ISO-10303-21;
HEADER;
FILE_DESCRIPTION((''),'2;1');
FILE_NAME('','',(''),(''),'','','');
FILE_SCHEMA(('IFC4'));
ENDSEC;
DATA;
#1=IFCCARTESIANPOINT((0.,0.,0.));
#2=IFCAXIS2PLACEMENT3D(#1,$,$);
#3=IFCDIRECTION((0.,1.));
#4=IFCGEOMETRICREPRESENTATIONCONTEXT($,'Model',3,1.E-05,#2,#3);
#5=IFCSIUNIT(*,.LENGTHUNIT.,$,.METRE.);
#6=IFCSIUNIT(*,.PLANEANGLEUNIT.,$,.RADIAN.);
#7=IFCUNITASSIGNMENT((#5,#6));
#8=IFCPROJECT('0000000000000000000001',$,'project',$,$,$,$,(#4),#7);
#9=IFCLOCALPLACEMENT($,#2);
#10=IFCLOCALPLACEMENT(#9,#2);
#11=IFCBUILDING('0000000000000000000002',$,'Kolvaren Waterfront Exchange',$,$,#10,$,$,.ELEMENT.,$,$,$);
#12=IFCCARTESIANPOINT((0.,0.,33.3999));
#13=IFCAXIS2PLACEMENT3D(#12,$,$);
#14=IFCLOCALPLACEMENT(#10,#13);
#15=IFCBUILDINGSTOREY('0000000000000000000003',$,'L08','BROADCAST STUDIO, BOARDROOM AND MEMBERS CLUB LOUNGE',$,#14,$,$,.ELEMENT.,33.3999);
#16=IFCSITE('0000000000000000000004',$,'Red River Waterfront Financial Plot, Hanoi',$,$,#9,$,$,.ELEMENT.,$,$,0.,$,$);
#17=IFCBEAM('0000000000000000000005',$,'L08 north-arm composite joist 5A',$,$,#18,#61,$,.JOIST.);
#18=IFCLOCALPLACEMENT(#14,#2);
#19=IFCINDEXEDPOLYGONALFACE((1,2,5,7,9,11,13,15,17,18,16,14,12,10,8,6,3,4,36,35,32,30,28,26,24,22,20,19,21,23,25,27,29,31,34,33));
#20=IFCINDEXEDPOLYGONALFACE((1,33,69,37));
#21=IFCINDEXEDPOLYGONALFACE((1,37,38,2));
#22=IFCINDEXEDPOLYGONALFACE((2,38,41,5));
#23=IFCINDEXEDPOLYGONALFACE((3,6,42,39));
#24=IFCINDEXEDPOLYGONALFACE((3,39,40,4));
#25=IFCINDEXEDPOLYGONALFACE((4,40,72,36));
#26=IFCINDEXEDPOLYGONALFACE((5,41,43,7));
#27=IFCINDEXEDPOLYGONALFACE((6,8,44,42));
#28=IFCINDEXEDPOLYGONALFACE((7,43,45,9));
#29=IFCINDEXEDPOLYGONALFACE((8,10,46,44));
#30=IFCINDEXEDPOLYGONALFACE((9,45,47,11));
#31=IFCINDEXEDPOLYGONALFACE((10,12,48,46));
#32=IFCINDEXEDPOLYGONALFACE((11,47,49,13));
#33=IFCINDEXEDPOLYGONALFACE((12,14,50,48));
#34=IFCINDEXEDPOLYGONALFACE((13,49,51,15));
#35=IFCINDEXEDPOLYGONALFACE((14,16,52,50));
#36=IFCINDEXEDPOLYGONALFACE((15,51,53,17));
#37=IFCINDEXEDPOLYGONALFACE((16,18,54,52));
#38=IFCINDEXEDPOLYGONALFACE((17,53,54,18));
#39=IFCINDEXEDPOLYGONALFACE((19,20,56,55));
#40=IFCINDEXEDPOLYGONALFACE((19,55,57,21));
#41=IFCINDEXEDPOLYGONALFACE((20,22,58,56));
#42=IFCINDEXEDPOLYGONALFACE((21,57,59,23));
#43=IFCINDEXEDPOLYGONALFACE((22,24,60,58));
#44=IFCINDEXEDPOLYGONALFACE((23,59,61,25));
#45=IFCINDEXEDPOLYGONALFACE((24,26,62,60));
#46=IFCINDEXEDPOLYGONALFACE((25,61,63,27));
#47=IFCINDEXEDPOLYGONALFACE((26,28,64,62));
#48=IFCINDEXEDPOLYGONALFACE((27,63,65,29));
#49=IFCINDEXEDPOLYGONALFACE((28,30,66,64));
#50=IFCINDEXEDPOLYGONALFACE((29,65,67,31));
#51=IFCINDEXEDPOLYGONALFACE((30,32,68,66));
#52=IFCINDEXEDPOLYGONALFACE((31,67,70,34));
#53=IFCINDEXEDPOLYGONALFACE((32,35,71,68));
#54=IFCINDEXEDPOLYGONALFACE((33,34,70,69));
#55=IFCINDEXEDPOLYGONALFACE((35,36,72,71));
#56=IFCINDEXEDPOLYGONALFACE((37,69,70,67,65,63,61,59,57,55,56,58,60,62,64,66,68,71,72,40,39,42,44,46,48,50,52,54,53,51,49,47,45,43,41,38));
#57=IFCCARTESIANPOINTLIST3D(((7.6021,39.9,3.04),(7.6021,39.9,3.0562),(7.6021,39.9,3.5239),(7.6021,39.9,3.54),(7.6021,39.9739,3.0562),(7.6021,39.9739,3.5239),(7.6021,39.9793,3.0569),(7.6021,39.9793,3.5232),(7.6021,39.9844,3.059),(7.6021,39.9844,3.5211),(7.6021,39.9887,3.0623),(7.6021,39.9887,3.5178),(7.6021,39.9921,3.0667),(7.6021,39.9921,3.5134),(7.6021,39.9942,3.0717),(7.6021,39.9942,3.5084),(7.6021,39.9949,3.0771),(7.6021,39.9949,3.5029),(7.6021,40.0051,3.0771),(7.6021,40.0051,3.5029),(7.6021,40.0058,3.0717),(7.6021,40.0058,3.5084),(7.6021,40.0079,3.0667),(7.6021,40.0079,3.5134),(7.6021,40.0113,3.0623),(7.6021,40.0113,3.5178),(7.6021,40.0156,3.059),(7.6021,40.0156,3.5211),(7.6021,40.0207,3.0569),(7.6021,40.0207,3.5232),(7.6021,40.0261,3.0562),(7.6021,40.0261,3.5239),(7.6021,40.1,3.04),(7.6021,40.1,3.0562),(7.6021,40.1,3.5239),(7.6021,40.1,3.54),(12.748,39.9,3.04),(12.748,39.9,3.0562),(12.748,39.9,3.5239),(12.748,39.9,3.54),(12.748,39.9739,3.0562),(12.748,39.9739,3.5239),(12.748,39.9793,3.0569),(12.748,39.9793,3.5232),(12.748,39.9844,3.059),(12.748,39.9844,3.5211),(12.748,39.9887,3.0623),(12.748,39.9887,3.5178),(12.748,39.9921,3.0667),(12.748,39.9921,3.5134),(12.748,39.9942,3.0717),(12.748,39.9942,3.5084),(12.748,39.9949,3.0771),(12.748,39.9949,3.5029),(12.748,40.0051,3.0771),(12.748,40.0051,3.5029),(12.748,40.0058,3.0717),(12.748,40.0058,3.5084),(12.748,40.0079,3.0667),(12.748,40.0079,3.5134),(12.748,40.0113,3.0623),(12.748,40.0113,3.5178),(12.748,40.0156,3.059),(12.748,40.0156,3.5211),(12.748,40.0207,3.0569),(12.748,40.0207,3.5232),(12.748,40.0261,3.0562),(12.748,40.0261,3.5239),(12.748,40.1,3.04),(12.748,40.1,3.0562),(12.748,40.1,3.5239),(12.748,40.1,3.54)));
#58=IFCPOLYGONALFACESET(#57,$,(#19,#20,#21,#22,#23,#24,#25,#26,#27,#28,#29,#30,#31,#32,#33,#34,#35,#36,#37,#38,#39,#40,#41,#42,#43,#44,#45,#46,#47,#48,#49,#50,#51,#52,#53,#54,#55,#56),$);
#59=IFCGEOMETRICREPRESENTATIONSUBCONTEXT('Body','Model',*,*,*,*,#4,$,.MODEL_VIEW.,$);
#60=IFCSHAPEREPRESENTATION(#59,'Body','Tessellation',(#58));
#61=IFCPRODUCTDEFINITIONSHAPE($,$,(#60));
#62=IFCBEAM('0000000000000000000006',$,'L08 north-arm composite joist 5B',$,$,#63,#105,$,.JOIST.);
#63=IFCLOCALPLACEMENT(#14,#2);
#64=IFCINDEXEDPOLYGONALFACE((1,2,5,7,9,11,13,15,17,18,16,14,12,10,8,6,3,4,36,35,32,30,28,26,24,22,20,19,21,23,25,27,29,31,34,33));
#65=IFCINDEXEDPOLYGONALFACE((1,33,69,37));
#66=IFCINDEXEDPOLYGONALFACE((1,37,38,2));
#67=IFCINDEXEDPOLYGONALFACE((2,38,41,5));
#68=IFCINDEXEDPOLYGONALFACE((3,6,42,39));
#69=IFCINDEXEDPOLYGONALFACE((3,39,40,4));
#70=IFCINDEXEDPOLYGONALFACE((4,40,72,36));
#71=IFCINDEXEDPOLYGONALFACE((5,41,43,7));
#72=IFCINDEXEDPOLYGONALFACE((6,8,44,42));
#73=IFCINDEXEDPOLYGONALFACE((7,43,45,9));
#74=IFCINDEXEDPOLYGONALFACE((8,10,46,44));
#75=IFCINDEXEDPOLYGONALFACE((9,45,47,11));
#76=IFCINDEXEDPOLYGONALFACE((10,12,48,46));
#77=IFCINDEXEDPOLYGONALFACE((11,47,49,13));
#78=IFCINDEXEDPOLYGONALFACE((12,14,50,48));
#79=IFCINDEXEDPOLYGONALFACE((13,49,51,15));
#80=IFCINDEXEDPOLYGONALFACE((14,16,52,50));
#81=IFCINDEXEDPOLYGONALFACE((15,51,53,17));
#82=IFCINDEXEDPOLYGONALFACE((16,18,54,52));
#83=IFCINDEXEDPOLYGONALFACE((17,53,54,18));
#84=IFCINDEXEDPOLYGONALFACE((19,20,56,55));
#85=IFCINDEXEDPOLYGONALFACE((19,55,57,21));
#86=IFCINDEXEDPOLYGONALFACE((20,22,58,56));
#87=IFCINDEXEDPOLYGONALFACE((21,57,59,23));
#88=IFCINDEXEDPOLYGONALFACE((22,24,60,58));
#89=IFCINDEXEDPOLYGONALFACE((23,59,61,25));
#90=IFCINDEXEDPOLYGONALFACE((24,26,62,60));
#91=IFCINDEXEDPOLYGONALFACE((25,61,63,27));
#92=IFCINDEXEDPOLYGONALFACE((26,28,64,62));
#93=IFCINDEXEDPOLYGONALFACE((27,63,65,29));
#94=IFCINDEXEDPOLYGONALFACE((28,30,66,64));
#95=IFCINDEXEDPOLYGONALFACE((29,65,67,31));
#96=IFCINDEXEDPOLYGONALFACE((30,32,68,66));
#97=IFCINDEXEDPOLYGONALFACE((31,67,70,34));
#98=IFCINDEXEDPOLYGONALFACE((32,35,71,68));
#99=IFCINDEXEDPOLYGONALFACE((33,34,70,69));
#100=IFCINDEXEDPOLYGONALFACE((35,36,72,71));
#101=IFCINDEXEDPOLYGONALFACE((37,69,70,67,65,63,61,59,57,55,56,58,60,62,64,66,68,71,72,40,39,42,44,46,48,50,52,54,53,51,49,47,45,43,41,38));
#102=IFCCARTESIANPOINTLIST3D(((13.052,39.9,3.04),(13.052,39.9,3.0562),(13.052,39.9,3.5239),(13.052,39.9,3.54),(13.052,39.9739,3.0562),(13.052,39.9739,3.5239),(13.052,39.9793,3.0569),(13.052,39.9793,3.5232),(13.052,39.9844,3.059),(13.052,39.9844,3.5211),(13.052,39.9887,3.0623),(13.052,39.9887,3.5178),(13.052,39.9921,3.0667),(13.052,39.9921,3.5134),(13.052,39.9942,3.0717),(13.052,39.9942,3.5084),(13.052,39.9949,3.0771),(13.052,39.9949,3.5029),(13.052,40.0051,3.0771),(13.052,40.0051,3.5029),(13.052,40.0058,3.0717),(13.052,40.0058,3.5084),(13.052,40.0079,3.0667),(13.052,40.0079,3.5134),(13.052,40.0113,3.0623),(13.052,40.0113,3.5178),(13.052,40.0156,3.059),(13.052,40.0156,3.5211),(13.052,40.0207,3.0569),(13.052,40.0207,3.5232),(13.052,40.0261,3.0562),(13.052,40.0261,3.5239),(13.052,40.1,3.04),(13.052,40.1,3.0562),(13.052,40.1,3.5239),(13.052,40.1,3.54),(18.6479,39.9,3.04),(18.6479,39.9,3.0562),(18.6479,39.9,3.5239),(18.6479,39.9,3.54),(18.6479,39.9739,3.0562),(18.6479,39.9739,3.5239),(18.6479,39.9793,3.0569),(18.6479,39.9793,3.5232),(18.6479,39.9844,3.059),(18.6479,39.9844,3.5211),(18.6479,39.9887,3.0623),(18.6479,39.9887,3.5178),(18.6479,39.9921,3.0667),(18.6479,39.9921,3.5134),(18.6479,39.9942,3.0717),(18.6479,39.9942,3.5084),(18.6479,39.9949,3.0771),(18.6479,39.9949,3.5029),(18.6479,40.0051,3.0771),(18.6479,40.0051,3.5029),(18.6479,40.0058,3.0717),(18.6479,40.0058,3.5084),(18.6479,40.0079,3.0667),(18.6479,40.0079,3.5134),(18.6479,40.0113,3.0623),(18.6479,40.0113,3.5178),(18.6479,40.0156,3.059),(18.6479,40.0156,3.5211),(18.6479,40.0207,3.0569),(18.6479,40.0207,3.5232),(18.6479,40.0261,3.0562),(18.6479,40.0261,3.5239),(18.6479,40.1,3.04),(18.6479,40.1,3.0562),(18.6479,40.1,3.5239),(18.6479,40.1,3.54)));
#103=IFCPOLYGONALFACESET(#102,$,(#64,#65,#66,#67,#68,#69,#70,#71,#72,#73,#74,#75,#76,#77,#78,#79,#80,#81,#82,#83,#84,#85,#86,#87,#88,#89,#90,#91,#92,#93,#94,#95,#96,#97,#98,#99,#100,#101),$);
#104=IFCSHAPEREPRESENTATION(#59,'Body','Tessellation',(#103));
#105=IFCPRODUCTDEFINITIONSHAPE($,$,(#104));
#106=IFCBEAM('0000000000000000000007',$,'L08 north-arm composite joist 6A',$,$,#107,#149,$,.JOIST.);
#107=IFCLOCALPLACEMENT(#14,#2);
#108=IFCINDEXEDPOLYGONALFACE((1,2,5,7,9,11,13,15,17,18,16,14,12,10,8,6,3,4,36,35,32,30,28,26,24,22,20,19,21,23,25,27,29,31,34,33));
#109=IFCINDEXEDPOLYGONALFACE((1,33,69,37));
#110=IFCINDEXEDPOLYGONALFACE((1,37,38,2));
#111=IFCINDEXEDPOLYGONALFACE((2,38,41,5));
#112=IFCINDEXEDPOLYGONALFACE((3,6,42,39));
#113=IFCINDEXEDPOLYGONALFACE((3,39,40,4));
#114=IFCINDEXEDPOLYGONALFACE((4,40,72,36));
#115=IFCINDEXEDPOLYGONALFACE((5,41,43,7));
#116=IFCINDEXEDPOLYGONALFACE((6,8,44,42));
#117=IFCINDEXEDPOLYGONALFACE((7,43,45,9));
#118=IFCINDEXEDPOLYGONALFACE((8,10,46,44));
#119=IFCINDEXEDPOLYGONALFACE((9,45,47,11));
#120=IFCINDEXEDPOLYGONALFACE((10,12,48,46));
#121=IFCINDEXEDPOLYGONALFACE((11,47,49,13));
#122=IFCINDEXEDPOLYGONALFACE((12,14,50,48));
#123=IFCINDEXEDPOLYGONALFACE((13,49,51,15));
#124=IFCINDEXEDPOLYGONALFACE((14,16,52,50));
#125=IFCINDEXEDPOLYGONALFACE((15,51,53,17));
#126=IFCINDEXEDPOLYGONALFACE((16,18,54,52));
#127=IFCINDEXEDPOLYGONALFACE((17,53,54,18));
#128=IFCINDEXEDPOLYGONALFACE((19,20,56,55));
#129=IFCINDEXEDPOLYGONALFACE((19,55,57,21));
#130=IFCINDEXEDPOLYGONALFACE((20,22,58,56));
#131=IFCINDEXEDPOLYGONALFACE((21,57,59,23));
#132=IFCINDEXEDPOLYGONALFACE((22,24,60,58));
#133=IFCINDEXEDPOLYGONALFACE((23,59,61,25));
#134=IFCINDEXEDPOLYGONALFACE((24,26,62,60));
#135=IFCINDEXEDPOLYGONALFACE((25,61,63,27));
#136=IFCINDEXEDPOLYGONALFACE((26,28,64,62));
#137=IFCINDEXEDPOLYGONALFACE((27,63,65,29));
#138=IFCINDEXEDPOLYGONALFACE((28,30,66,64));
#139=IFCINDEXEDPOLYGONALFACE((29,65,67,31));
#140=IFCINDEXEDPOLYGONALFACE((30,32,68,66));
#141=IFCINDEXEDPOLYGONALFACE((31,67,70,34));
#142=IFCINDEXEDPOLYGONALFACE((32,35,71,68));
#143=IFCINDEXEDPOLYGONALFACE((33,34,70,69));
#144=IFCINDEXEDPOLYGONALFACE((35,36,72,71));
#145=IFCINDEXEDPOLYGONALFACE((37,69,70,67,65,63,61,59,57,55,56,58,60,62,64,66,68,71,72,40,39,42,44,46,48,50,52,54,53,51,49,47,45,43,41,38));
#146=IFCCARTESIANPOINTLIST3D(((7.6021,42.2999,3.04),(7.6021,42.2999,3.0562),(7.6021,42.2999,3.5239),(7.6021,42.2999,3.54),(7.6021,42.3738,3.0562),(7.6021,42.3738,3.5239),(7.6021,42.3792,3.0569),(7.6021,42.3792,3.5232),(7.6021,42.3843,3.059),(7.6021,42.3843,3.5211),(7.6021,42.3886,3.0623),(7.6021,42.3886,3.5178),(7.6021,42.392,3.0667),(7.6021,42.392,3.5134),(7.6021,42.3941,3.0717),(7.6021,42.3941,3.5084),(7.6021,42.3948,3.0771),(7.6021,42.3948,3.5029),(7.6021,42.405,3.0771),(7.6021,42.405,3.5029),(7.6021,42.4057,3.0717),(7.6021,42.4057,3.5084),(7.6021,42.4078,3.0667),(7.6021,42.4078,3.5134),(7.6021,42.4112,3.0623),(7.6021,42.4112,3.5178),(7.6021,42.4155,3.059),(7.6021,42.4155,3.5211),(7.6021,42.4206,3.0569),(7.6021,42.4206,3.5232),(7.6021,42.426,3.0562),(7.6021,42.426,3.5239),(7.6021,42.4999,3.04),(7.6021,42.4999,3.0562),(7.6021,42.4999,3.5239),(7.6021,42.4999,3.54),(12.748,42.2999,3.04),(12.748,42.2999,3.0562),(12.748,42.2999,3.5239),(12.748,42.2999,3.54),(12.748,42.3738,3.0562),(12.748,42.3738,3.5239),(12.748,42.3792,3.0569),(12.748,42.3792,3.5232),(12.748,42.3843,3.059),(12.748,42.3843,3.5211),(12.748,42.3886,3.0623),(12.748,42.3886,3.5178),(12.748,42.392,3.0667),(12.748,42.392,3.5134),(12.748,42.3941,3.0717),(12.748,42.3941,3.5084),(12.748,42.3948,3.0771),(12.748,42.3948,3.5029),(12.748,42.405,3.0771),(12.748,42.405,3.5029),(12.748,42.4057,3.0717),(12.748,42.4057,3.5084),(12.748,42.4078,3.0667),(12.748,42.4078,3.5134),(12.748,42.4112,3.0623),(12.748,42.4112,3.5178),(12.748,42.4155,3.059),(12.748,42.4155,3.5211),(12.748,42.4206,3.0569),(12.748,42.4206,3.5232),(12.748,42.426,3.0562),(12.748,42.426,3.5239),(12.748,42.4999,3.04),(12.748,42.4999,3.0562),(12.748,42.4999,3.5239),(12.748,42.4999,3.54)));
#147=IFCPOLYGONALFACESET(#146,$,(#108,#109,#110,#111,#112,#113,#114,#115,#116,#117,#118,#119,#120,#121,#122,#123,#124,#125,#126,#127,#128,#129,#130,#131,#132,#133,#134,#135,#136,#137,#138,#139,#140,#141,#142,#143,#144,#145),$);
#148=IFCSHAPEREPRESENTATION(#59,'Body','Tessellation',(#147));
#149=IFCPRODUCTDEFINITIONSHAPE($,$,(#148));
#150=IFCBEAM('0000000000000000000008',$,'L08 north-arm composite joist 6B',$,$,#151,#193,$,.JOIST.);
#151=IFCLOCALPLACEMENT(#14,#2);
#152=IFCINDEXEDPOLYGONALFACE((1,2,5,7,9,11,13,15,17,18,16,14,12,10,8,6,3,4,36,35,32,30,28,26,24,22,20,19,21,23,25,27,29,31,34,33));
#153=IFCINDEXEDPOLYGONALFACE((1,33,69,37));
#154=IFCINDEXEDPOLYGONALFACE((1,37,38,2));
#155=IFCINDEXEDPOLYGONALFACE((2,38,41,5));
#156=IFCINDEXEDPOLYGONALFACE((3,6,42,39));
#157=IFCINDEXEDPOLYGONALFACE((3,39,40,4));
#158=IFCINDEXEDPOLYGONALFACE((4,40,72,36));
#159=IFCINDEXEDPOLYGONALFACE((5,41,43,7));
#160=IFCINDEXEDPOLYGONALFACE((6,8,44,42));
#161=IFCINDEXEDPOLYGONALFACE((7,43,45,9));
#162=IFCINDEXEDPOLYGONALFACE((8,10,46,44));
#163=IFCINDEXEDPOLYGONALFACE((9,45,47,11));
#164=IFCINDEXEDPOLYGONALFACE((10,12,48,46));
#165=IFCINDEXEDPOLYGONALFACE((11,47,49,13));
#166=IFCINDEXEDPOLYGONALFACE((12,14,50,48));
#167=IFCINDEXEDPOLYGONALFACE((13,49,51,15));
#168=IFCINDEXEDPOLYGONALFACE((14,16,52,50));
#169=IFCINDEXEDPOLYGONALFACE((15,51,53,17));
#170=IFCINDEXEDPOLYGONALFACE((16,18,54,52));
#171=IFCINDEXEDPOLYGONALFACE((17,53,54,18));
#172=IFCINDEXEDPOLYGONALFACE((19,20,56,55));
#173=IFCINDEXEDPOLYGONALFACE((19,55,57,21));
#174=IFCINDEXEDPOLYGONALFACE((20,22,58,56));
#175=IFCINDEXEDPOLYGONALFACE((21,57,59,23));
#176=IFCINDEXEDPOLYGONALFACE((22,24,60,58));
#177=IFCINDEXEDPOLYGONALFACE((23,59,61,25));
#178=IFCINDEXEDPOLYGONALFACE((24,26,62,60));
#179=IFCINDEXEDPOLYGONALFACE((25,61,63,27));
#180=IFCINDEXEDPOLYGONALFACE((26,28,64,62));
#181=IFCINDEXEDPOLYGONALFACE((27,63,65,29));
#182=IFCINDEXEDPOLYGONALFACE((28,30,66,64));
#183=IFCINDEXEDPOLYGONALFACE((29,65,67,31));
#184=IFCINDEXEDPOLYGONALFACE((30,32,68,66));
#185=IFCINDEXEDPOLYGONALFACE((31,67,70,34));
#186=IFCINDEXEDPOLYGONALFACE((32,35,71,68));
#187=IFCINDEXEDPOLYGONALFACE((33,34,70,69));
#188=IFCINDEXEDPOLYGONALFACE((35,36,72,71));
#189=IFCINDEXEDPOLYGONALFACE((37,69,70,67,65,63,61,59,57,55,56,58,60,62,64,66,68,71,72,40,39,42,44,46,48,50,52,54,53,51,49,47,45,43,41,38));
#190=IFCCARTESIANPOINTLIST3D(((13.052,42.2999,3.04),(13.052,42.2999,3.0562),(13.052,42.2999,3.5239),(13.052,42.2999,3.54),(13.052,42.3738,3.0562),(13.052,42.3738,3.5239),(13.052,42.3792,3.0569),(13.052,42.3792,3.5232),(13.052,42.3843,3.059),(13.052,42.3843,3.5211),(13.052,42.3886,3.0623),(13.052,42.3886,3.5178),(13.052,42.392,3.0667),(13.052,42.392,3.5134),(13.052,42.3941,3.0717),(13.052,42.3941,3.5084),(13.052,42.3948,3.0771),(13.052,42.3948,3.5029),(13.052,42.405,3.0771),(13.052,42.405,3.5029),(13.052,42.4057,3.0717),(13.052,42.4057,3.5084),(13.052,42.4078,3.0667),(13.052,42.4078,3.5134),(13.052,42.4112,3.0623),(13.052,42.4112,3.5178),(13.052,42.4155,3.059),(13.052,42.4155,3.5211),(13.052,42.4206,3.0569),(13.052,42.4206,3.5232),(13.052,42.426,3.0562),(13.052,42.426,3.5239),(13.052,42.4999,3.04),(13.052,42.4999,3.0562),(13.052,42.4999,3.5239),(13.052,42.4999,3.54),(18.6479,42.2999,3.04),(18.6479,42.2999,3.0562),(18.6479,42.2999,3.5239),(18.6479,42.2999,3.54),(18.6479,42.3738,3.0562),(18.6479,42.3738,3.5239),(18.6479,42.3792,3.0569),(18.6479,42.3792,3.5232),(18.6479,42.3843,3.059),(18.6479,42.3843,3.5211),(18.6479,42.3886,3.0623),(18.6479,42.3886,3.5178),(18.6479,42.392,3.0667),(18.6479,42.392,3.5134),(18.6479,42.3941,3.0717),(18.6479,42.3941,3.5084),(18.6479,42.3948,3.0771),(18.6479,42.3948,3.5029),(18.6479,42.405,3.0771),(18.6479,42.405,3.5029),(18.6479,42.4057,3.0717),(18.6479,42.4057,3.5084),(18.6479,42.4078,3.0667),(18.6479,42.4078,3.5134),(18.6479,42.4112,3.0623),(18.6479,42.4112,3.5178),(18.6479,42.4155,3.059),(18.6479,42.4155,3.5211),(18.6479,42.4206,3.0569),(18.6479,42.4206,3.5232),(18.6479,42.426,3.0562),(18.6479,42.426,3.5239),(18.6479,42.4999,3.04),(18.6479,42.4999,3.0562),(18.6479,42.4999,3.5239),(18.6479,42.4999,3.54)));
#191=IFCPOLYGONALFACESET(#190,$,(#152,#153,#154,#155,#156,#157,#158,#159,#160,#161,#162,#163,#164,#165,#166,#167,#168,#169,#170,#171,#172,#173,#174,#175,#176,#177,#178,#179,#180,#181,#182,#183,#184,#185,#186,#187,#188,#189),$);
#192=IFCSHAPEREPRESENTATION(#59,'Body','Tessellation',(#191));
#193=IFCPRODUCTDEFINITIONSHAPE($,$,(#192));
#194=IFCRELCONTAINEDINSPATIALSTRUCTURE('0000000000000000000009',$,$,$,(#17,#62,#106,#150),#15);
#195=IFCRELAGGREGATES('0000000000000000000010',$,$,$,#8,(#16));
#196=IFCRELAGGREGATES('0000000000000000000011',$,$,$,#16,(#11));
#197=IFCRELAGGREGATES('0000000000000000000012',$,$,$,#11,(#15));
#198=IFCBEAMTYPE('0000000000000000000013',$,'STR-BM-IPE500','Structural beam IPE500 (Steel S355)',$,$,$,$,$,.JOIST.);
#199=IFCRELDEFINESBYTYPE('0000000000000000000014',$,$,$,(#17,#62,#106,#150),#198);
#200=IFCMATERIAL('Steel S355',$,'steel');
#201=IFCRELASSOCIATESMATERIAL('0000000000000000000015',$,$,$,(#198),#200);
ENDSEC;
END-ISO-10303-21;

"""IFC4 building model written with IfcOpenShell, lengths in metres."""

from ifc_helpers import new_model, si_unit, direction, frame, origin, origin_2d, place, context, subcontext, project, spatial, i_section, extrude, material, material_profile, profile_set, type_object, element, save


model = new_model("IFC4")

# Units and contexts
model_context = context("Model", 3, precision=1e-05, world=origin(), true_north=direction((0.0, 1.0)))
body_context = subcontext(model_context, "Body", "Model", "MODEL_VIEW")
ifc_project = project(units=[si_unit("LENGTHUNIT", "METRE"), si_unit("PLANEANGLEUNIT", "RADIAN")], contexts=[model_context])

# Site, building, storey
site_placement = place(None, origin())
site = spatial("IfcSite", under=ifc_project, at=site_placement, Name="Red River Waterfront Financial Plot, Hanoi", CompositionType="ELEMENT", RefElevation=0.0)
building_placement = place(site_placement, origin())
building = spatial("IfcBuilding", under=site, at=building_placement, Name="Kolvaren Waterfront Exchange", CompositionType="ELEMENT")
storey_placement = place(building_placement, frame((0.0, 0.0, 33.3999)))
storey = spatial("IfcBuildingStorey", under=building, at=storey_placement, Name="L08", Description="BROADCAST STUDIO, BOARDROOM AND MEMBERS CLUB LOUNGE", CompositionType="ELEMENT", Elevation=33.3999)

# Beams
ifc_material_1 = material(Name="Steel S355", Category="steel")
ifc_material_profile_1 = material_profile(ifc_material_1, i_section(OverallWidth=0.2, OverallDepth=0.5, WebThickness=0.0103, FlangeThickness=0.0161, FilletRadius=0.021, at=origin_2d()), Name="IPE500")
ifc_profile_set_1 = profile_set([ifc_material_profile_1], Name="Steel S355")
beam_type_1 = type_object("IfcBeamType", Name="STR-BM-IPE500", Description="Structural beam IPE500 (Steel S355)", PredefinedType="JOIST", material=ifc_profile_set_1)
beam_1_placement = place(storey_placement, frame((7.6021, 40.0, 3.29), z_axis=(1.0, 0.0, 0.0), x_axis=(0.0, 1.0, 0.0)))
element("IfcBeam", 1, at=beam_1_placement, inside=storey, type_object=beam_type_1, Name="L08 north-arm composite joist 5A", PredefinedType="JOIST", context=body_context, shape_type="SweptSolid", body=[
    extrude(i_section(OverallWidth=0.2, OverallDepth=0.5, WebThickness=0.0103, FlangeThickness=0.0161, FilletRadius=0.021, at=origin_2d()), origin(), (0.0, 0.0, 1.0), 5.146),
])
beam_2_placement = place(storey_placement, frame((13.052, 40.0, 3.29), z_axis=(1.0, 0.0, 0.0), x_axis=(0.0, 1.0, 0.0)))
element("IfcBeam", 2, at=beam_2_placement, inside=storey, type_object=beam_type_1, Name="L08 north-arm composite joist 5B", PredefinedType="JOIST", context=body_context, shape_type="SweptSolid", body=[
    extrude(i_section(OverallWidth=0.2, OverallDepth=0.5, WebThickness=0.0103, FlangeThickness=0.0161, FilletRadius=0.021, at=origin_2d()), origin(), (0.0, 0.0, 1.0), 5.5959),
])
beam_3_placement = place(storey_placement, frame((7.6021, 42.3999, 3.29), z_axis=(1.0, 0.0, 0.0), x_axis=(0.0, 1.0, 0.0)))
element("IfcBeam", 3, at=beam_3_placement, inside=storey, type_object=beam_type_1, Name="L08 north-arm composite joist 6A", PredefinedType="JOIST", context=body_context, shape_type="SweptSolid", body=[
    extrude(i_section(OverallWidth=0.2, OverallDepth=0.5, WebThickness=0.0103, FlangeThickness=0.0161, FilletRadius=0.021, at=origin_2d()), origin(), (0.0, 0.0, 1.0), 5.146),
])
beam_4_placement = place(storey_placement, frame((13.052, 42.3999, 3.29), z_axis=(1.0, 0.0, 0.0), x_axis=(0.0, 1.0, 0.0)))
element("IfcBeam", 4, at=beam_4_placement, inside=storey, type_object=beam_type_1, Name="L08 north-arm composite joist 6B", PredefinedType="JOIST", context=body_context, shape_type="SweptSolid", body=[
    extrude(i_section(OverallWidth=0.2, OverallDepth=0.5, WebThickness=0.0103, FlangeThickness=0.0161, FilletRadius=0.021, at=origin_2d()), origin(), (0.0, 0.0, 1.0), 5.5959),
])

save(model, "model.ifc")
